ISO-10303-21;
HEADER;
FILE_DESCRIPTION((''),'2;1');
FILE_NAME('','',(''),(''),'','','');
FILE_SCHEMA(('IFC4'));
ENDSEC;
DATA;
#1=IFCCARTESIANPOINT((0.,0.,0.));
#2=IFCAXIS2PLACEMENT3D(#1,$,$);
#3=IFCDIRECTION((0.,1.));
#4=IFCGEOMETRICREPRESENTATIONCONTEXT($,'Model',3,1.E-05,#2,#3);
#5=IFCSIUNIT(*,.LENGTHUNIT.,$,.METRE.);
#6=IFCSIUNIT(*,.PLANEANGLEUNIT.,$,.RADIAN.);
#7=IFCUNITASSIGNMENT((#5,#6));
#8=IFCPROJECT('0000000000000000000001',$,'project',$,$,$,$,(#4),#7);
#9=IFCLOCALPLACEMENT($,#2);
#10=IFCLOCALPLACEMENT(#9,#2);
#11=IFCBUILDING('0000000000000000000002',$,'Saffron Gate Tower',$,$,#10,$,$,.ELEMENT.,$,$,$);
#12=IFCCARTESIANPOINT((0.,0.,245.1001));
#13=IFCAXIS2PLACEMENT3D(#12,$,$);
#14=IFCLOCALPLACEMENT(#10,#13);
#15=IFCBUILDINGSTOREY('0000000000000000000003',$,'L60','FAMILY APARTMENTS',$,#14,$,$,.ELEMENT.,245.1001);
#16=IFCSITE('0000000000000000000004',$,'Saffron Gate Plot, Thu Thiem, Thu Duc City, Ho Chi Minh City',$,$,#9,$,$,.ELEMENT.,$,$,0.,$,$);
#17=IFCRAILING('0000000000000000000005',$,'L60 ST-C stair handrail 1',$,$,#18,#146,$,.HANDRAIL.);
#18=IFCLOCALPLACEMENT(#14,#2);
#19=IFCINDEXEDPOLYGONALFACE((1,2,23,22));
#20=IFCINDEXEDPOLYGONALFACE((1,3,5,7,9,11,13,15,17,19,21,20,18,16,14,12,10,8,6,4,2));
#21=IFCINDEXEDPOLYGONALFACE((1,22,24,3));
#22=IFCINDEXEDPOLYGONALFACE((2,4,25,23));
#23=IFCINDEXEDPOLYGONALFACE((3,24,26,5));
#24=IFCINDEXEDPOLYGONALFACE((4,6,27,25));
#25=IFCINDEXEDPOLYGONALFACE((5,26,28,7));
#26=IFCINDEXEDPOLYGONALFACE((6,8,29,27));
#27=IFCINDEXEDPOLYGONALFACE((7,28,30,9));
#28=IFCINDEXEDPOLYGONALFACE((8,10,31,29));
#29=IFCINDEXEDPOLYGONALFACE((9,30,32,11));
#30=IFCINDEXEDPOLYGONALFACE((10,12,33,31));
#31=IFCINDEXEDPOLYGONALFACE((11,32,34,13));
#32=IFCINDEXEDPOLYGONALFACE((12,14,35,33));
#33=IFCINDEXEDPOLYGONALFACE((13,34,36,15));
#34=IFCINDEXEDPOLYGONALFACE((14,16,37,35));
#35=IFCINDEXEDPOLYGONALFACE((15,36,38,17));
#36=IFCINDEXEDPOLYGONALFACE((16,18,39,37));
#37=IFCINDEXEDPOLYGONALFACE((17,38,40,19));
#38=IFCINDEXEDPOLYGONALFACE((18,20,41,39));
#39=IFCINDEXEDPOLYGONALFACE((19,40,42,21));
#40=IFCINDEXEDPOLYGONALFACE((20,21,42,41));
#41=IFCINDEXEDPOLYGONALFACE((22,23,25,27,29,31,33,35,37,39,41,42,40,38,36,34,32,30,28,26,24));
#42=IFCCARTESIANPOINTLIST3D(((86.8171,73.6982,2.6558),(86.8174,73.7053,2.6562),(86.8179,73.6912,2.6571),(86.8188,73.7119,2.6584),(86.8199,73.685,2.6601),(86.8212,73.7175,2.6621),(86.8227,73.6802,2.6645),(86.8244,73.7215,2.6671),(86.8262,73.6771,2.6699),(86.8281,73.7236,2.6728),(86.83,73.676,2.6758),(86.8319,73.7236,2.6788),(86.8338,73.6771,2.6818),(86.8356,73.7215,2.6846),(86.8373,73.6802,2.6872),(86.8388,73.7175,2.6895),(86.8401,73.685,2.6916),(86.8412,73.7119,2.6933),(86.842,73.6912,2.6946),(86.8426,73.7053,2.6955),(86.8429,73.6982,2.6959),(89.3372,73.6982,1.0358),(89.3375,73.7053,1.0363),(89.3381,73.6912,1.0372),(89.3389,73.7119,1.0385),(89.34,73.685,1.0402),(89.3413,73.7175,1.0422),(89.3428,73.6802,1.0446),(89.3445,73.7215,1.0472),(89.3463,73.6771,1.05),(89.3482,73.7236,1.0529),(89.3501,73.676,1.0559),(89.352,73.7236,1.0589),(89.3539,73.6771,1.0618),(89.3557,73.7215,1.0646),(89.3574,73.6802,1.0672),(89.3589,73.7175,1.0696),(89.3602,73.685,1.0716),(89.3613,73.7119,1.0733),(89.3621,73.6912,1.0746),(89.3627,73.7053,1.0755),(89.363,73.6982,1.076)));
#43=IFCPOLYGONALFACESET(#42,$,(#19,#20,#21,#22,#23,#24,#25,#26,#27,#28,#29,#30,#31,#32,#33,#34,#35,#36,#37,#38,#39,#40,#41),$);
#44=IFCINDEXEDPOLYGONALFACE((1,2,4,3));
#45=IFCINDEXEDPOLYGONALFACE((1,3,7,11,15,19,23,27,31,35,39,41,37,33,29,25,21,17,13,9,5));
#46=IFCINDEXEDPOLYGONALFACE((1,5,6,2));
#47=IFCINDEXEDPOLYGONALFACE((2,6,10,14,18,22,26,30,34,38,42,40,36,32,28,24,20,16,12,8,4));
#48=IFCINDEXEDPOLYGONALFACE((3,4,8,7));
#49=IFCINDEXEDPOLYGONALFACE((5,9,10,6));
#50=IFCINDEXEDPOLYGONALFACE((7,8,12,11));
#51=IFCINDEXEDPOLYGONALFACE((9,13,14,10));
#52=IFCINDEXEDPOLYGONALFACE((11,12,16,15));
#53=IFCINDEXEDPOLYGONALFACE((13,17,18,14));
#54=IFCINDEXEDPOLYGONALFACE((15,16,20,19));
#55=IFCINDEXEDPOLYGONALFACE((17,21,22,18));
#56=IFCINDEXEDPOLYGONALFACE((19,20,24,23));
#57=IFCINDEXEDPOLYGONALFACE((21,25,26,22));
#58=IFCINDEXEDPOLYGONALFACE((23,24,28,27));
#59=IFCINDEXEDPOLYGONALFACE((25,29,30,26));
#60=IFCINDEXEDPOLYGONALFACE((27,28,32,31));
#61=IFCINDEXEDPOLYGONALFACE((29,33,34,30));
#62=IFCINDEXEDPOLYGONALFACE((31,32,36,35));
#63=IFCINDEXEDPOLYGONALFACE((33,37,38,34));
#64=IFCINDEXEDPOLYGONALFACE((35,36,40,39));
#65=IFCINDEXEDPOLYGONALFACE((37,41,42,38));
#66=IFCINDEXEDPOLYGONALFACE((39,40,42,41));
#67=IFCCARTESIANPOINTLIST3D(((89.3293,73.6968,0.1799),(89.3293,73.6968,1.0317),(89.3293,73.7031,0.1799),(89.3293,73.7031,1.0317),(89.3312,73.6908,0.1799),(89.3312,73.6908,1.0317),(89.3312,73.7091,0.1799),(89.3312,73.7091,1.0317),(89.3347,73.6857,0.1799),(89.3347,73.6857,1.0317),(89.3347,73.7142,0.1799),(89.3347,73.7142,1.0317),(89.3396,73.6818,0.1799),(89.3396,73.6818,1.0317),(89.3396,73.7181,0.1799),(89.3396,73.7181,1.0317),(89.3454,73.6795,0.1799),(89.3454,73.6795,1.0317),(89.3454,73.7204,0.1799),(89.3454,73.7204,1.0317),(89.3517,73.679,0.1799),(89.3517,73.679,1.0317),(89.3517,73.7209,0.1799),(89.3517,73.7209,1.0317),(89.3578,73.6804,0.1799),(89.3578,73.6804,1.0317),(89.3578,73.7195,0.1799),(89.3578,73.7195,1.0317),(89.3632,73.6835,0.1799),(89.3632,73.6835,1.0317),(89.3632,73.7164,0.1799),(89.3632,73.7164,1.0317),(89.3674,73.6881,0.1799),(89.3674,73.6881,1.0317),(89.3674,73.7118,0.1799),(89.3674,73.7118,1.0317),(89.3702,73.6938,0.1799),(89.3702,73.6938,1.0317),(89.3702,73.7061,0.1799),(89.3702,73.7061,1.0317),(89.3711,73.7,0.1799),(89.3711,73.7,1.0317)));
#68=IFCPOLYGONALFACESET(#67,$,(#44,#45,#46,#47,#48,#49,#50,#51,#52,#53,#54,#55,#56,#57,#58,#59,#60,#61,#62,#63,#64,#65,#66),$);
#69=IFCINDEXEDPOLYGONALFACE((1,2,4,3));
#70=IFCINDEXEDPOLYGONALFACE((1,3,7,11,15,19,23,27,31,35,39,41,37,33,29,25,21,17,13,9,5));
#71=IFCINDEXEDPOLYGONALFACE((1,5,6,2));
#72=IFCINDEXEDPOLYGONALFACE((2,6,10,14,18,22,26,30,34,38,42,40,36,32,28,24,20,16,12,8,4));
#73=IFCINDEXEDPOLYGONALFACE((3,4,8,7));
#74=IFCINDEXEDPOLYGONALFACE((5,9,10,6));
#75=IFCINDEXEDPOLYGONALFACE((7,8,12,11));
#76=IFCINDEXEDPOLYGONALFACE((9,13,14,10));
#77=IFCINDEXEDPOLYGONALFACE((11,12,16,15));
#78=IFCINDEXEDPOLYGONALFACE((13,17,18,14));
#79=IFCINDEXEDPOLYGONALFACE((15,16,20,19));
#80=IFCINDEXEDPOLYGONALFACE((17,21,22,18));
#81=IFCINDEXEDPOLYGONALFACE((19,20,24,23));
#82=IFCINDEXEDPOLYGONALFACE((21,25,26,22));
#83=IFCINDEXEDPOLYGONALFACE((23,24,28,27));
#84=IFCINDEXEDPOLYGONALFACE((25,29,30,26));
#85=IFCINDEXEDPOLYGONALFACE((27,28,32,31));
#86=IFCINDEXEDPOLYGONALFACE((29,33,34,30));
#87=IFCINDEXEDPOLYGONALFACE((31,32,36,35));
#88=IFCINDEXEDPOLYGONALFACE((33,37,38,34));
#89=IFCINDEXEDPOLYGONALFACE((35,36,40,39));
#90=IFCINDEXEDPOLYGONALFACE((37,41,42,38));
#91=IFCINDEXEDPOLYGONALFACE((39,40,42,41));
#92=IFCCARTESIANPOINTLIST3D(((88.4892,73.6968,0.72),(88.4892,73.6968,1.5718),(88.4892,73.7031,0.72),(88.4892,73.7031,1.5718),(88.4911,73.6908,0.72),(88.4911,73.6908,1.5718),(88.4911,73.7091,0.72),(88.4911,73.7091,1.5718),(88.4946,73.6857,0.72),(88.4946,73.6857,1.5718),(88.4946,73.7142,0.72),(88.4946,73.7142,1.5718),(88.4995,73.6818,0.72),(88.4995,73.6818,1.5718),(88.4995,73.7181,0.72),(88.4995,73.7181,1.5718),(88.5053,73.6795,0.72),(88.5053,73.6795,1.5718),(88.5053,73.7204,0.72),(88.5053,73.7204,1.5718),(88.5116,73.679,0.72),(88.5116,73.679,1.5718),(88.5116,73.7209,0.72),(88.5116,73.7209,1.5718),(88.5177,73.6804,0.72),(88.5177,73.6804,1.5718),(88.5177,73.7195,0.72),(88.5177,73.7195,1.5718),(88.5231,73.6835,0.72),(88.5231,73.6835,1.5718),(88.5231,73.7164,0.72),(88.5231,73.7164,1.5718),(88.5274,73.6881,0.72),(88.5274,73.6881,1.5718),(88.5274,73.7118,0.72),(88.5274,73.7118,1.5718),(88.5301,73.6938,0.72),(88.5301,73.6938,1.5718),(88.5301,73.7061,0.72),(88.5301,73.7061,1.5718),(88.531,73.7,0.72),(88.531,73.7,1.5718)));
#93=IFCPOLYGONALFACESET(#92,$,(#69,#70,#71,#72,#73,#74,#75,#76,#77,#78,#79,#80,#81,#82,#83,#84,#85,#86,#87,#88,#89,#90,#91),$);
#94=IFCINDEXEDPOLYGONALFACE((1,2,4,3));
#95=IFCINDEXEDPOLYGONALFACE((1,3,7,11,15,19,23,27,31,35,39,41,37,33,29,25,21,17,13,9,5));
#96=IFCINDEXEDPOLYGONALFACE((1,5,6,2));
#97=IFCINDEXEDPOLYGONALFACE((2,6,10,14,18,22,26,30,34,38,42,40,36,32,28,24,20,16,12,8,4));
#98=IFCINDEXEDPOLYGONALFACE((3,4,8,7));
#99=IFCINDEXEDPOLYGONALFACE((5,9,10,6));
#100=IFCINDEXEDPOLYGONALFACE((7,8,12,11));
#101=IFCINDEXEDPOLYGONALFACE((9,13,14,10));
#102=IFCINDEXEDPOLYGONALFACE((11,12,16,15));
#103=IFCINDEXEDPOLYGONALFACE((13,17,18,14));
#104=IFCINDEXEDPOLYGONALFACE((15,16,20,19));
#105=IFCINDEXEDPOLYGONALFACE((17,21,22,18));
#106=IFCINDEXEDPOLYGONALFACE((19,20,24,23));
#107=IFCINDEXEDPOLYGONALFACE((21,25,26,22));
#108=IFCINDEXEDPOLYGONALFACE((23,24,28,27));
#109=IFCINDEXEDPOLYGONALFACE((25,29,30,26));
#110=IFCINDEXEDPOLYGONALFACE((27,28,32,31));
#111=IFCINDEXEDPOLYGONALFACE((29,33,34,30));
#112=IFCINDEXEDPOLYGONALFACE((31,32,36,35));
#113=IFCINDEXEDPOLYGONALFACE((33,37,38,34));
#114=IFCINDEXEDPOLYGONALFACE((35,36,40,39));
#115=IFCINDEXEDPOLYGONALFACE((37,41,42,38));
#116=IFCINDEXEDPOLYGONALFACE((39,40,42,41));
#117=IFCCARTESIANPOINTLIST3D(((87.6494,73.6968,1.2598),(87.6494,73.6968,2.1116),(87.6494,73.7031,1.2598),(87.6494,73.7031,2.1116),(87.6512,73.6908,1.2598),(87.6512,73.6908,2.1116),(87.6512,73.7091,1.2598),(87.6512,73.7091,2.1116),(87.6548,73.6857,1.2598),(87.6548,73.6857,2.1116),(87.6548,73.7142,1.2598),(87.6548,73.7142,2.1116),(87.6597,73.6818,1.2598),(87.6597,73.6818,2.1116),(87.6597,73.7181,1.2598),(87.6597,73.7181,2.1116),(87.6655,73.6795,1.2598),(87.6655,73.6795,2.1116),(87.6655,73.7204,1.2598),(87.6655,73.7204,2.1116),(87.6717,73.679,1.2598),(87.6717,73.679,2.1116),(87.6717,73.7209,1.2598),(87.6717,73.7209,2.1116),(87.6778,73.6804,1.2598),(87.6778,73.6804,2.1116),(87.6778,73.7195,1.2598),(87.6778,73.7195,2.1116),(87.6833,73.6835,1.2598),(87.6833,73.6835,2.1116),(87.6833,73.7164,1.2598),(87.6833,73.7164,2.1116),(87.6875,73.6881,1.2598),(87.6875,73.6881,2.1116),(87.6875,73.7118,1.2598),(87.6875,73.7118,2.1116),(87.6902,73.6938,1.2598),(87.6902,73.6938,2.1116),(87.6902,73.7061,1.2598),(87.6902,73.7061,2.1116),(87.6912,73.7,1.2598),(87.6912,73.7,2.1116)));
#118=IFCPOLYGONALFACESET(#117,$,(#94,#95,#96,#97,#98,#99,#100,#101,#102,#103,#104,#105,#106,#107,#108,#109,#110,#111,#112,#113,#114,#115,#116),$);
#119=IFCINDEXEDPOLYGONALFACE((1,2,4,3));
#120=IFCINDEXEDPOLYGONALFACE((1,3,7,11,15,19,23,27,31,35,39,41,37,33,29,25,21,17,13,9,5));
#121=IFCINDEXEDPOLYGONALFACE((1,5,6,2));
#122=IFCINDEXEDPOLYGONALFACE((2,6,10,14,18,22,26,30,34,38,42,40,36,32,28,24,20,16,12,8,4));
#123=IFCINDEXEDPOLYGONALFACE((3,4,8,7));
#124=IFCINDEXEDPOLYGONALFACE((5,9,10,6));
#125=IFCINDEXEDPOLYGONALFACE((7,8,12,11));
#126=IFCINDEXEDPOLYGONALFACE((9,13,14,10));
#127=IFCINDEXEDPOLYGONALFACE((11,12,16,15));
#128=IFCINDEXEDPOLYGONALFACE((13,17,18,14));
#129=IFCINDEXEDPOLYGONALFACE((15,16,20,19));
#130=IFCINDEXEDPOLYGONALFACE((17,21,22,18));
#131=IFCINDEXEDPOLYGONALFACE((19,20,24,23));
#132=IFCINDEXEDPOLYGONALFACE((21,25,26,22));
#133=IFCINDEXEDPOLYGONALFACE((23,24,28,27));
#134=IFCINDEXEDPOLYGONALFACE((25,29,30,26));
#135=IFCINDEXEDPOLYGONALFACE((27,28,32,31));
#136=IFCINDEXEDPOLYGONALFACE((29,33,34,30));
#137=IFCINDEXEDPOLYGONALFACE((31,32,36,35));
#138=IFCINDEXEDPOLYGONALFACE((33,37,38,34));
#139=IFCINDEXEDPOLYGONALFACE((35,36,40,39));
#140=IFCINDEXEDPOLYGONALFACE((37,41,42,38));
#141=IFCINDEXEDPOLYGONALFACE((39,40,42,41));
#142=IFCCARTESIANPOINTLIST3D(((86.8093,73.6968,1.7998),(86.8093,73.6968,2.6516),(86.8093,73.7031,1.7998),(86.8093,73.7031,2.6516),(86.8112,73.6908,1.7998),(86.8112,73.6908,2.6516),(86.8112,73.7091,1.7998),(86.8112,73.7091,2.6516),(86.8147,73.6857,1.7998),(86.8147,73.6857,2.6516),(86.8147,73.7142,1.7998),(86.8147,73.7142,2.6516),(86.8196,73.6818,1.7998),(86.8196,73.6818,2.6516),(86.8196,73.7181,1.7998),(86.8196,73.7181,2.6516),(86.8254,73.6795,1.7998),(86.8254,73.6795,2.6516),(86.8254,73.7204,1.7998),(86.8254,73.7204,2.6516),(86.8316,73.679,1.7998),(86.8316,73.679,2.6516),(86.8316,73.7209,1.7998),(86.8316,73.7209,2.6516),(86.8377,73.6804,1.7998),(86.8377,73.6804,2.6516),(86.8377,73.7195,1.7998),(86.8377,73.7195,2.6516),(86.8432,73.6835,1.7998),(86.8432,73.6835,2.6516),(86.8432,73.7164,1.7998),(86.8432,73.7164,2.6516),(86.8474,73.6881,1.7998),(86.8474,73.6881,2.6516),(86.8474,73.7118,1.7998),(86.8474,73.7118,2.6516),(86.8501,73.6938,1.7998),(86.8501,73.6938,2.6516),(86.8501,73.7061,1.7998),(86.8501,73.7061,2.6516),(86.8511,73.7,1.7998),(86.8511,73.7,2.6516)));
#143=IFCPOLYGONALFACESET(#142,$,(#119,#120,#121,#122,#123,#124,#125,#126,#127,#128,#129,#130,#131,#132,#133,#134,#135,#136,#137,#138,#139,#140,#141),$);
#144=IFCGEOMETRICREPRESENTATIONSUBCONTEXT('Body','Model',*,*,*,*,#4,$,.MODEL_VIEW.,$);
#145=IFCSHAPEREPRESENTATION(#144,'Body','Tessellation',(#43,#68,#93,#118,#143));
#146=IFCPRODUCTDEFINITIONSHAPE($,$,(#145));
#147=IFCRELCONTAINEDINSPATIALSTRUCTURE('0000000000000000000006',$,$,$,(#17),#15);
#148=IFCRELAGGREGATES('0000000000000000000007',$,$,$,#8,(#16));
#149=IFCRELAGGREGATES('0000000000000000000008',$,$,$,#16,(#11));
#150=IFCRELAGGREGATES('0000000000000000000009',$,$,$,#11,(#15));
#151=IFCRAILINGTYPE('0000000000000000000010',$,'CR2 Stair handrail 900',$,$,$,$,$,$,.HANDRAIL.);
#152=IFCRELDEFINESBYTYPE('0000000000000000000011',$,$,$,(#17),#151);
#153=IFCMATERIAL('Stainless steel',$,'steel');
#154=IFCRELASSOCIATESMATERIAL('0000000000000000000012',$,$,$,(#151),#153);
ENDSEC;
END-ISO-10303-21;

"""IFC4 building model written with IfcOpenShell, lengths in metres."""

from ifc_helpers import new_model, si_unit, direction, frame, origin, origin_2d, place, context, subcontext, project, spatial, circle, extrude, material, type_object, element, save


model = new_model("IFC4")

# Units and contexts
model_context = context("Model", 3, precision=1e-05, world=origin(), true_north=direction((0.0, 1.0)))
body_context = subcontext(model_context, "Body", "Model", "MODEL_VIEW")
ifc_project = project(units=[si_unit("LENGTHUNIT", "METRE"), si_unit("PLANEANGLEUNIT", "RADIAN")], contexts=[model_context])

# Site, building, storey
site_placement = place(None, origin())
site = spatial("IfcSite", under=ifc_project, at=site_placement, Name="Saffron Gate Plot, Thu Thiem, Thu Duc City, Ho Chi Minh City", CompositionType="ELEMENT", RefElevation=0.0)
building_placement = place(site_placement, origin())
building = spatial("IfcBuilding", under=site, at=building_placement, Name="Saffron Gate Tower", CompositionType="ELEMENT")
storey_placement = place(building_placement, frame((0.0, 0.0, 245.1001)))
storey = spatial("IfcBuildingStorey", under=building, at=storey_placement, Name="L60", Description="FAMILY APARTMENTS", CompositionType="ELEMENT", Elevation=245.1001)

# Railing
ifc_material_1 = material(Name="Stainless steel", Category="steel")
railing_type_1 = type_object("IfcRailingType", Name="CR2 Stair handrail 900", PredefinedType="HANDRAIL", material=ifc_material_1)
railing_1_placement = place(storey_placement, frame((89.3501, 73.7, 0.1799)))
element("IfcRailing", 1, at=railing_1_placement, inside=storey, type_object=railing_type_1, Name="L60 ST-C stair handrail 1", PredefinedType="HANDRAIL", context=body_context, shape_type="SweptSolid", body=[
    extrude(circle(Radius=0.0239, at=origin_2d()), frame((0.0, 0.0, 0.876), z_axis=(-0.8412, 0.0, 0.540725), x_axis=(0.0, -1.0, 0.0)), (0.0, 0.0, 1.0), 2.9958),
    extrude(circle(Radius=0.021, at=origin_2d()), origin(), (0.0, 0.0, 1.0), 0.8518),
    extrude(circle(Radius=0.021, at=origin_2d()), frame((-0.8401, 0.0, 0.54)), (0.0, 0.0, 1.0), 0.8518),
    extrude(circle(Radius=0.021, at=origin_2d()), frame((-1.6799, 0.0, 1.0798)), (0.0, 0.0, 1.0), 0.8518),
    extrude(circle(Radius=0.021, at=origin_2d()), frame((-2.52, 0.0, 1.6199)), (0.0, 0.0, 1.0), 0.8518),
])

save(model, "model.ifc")
